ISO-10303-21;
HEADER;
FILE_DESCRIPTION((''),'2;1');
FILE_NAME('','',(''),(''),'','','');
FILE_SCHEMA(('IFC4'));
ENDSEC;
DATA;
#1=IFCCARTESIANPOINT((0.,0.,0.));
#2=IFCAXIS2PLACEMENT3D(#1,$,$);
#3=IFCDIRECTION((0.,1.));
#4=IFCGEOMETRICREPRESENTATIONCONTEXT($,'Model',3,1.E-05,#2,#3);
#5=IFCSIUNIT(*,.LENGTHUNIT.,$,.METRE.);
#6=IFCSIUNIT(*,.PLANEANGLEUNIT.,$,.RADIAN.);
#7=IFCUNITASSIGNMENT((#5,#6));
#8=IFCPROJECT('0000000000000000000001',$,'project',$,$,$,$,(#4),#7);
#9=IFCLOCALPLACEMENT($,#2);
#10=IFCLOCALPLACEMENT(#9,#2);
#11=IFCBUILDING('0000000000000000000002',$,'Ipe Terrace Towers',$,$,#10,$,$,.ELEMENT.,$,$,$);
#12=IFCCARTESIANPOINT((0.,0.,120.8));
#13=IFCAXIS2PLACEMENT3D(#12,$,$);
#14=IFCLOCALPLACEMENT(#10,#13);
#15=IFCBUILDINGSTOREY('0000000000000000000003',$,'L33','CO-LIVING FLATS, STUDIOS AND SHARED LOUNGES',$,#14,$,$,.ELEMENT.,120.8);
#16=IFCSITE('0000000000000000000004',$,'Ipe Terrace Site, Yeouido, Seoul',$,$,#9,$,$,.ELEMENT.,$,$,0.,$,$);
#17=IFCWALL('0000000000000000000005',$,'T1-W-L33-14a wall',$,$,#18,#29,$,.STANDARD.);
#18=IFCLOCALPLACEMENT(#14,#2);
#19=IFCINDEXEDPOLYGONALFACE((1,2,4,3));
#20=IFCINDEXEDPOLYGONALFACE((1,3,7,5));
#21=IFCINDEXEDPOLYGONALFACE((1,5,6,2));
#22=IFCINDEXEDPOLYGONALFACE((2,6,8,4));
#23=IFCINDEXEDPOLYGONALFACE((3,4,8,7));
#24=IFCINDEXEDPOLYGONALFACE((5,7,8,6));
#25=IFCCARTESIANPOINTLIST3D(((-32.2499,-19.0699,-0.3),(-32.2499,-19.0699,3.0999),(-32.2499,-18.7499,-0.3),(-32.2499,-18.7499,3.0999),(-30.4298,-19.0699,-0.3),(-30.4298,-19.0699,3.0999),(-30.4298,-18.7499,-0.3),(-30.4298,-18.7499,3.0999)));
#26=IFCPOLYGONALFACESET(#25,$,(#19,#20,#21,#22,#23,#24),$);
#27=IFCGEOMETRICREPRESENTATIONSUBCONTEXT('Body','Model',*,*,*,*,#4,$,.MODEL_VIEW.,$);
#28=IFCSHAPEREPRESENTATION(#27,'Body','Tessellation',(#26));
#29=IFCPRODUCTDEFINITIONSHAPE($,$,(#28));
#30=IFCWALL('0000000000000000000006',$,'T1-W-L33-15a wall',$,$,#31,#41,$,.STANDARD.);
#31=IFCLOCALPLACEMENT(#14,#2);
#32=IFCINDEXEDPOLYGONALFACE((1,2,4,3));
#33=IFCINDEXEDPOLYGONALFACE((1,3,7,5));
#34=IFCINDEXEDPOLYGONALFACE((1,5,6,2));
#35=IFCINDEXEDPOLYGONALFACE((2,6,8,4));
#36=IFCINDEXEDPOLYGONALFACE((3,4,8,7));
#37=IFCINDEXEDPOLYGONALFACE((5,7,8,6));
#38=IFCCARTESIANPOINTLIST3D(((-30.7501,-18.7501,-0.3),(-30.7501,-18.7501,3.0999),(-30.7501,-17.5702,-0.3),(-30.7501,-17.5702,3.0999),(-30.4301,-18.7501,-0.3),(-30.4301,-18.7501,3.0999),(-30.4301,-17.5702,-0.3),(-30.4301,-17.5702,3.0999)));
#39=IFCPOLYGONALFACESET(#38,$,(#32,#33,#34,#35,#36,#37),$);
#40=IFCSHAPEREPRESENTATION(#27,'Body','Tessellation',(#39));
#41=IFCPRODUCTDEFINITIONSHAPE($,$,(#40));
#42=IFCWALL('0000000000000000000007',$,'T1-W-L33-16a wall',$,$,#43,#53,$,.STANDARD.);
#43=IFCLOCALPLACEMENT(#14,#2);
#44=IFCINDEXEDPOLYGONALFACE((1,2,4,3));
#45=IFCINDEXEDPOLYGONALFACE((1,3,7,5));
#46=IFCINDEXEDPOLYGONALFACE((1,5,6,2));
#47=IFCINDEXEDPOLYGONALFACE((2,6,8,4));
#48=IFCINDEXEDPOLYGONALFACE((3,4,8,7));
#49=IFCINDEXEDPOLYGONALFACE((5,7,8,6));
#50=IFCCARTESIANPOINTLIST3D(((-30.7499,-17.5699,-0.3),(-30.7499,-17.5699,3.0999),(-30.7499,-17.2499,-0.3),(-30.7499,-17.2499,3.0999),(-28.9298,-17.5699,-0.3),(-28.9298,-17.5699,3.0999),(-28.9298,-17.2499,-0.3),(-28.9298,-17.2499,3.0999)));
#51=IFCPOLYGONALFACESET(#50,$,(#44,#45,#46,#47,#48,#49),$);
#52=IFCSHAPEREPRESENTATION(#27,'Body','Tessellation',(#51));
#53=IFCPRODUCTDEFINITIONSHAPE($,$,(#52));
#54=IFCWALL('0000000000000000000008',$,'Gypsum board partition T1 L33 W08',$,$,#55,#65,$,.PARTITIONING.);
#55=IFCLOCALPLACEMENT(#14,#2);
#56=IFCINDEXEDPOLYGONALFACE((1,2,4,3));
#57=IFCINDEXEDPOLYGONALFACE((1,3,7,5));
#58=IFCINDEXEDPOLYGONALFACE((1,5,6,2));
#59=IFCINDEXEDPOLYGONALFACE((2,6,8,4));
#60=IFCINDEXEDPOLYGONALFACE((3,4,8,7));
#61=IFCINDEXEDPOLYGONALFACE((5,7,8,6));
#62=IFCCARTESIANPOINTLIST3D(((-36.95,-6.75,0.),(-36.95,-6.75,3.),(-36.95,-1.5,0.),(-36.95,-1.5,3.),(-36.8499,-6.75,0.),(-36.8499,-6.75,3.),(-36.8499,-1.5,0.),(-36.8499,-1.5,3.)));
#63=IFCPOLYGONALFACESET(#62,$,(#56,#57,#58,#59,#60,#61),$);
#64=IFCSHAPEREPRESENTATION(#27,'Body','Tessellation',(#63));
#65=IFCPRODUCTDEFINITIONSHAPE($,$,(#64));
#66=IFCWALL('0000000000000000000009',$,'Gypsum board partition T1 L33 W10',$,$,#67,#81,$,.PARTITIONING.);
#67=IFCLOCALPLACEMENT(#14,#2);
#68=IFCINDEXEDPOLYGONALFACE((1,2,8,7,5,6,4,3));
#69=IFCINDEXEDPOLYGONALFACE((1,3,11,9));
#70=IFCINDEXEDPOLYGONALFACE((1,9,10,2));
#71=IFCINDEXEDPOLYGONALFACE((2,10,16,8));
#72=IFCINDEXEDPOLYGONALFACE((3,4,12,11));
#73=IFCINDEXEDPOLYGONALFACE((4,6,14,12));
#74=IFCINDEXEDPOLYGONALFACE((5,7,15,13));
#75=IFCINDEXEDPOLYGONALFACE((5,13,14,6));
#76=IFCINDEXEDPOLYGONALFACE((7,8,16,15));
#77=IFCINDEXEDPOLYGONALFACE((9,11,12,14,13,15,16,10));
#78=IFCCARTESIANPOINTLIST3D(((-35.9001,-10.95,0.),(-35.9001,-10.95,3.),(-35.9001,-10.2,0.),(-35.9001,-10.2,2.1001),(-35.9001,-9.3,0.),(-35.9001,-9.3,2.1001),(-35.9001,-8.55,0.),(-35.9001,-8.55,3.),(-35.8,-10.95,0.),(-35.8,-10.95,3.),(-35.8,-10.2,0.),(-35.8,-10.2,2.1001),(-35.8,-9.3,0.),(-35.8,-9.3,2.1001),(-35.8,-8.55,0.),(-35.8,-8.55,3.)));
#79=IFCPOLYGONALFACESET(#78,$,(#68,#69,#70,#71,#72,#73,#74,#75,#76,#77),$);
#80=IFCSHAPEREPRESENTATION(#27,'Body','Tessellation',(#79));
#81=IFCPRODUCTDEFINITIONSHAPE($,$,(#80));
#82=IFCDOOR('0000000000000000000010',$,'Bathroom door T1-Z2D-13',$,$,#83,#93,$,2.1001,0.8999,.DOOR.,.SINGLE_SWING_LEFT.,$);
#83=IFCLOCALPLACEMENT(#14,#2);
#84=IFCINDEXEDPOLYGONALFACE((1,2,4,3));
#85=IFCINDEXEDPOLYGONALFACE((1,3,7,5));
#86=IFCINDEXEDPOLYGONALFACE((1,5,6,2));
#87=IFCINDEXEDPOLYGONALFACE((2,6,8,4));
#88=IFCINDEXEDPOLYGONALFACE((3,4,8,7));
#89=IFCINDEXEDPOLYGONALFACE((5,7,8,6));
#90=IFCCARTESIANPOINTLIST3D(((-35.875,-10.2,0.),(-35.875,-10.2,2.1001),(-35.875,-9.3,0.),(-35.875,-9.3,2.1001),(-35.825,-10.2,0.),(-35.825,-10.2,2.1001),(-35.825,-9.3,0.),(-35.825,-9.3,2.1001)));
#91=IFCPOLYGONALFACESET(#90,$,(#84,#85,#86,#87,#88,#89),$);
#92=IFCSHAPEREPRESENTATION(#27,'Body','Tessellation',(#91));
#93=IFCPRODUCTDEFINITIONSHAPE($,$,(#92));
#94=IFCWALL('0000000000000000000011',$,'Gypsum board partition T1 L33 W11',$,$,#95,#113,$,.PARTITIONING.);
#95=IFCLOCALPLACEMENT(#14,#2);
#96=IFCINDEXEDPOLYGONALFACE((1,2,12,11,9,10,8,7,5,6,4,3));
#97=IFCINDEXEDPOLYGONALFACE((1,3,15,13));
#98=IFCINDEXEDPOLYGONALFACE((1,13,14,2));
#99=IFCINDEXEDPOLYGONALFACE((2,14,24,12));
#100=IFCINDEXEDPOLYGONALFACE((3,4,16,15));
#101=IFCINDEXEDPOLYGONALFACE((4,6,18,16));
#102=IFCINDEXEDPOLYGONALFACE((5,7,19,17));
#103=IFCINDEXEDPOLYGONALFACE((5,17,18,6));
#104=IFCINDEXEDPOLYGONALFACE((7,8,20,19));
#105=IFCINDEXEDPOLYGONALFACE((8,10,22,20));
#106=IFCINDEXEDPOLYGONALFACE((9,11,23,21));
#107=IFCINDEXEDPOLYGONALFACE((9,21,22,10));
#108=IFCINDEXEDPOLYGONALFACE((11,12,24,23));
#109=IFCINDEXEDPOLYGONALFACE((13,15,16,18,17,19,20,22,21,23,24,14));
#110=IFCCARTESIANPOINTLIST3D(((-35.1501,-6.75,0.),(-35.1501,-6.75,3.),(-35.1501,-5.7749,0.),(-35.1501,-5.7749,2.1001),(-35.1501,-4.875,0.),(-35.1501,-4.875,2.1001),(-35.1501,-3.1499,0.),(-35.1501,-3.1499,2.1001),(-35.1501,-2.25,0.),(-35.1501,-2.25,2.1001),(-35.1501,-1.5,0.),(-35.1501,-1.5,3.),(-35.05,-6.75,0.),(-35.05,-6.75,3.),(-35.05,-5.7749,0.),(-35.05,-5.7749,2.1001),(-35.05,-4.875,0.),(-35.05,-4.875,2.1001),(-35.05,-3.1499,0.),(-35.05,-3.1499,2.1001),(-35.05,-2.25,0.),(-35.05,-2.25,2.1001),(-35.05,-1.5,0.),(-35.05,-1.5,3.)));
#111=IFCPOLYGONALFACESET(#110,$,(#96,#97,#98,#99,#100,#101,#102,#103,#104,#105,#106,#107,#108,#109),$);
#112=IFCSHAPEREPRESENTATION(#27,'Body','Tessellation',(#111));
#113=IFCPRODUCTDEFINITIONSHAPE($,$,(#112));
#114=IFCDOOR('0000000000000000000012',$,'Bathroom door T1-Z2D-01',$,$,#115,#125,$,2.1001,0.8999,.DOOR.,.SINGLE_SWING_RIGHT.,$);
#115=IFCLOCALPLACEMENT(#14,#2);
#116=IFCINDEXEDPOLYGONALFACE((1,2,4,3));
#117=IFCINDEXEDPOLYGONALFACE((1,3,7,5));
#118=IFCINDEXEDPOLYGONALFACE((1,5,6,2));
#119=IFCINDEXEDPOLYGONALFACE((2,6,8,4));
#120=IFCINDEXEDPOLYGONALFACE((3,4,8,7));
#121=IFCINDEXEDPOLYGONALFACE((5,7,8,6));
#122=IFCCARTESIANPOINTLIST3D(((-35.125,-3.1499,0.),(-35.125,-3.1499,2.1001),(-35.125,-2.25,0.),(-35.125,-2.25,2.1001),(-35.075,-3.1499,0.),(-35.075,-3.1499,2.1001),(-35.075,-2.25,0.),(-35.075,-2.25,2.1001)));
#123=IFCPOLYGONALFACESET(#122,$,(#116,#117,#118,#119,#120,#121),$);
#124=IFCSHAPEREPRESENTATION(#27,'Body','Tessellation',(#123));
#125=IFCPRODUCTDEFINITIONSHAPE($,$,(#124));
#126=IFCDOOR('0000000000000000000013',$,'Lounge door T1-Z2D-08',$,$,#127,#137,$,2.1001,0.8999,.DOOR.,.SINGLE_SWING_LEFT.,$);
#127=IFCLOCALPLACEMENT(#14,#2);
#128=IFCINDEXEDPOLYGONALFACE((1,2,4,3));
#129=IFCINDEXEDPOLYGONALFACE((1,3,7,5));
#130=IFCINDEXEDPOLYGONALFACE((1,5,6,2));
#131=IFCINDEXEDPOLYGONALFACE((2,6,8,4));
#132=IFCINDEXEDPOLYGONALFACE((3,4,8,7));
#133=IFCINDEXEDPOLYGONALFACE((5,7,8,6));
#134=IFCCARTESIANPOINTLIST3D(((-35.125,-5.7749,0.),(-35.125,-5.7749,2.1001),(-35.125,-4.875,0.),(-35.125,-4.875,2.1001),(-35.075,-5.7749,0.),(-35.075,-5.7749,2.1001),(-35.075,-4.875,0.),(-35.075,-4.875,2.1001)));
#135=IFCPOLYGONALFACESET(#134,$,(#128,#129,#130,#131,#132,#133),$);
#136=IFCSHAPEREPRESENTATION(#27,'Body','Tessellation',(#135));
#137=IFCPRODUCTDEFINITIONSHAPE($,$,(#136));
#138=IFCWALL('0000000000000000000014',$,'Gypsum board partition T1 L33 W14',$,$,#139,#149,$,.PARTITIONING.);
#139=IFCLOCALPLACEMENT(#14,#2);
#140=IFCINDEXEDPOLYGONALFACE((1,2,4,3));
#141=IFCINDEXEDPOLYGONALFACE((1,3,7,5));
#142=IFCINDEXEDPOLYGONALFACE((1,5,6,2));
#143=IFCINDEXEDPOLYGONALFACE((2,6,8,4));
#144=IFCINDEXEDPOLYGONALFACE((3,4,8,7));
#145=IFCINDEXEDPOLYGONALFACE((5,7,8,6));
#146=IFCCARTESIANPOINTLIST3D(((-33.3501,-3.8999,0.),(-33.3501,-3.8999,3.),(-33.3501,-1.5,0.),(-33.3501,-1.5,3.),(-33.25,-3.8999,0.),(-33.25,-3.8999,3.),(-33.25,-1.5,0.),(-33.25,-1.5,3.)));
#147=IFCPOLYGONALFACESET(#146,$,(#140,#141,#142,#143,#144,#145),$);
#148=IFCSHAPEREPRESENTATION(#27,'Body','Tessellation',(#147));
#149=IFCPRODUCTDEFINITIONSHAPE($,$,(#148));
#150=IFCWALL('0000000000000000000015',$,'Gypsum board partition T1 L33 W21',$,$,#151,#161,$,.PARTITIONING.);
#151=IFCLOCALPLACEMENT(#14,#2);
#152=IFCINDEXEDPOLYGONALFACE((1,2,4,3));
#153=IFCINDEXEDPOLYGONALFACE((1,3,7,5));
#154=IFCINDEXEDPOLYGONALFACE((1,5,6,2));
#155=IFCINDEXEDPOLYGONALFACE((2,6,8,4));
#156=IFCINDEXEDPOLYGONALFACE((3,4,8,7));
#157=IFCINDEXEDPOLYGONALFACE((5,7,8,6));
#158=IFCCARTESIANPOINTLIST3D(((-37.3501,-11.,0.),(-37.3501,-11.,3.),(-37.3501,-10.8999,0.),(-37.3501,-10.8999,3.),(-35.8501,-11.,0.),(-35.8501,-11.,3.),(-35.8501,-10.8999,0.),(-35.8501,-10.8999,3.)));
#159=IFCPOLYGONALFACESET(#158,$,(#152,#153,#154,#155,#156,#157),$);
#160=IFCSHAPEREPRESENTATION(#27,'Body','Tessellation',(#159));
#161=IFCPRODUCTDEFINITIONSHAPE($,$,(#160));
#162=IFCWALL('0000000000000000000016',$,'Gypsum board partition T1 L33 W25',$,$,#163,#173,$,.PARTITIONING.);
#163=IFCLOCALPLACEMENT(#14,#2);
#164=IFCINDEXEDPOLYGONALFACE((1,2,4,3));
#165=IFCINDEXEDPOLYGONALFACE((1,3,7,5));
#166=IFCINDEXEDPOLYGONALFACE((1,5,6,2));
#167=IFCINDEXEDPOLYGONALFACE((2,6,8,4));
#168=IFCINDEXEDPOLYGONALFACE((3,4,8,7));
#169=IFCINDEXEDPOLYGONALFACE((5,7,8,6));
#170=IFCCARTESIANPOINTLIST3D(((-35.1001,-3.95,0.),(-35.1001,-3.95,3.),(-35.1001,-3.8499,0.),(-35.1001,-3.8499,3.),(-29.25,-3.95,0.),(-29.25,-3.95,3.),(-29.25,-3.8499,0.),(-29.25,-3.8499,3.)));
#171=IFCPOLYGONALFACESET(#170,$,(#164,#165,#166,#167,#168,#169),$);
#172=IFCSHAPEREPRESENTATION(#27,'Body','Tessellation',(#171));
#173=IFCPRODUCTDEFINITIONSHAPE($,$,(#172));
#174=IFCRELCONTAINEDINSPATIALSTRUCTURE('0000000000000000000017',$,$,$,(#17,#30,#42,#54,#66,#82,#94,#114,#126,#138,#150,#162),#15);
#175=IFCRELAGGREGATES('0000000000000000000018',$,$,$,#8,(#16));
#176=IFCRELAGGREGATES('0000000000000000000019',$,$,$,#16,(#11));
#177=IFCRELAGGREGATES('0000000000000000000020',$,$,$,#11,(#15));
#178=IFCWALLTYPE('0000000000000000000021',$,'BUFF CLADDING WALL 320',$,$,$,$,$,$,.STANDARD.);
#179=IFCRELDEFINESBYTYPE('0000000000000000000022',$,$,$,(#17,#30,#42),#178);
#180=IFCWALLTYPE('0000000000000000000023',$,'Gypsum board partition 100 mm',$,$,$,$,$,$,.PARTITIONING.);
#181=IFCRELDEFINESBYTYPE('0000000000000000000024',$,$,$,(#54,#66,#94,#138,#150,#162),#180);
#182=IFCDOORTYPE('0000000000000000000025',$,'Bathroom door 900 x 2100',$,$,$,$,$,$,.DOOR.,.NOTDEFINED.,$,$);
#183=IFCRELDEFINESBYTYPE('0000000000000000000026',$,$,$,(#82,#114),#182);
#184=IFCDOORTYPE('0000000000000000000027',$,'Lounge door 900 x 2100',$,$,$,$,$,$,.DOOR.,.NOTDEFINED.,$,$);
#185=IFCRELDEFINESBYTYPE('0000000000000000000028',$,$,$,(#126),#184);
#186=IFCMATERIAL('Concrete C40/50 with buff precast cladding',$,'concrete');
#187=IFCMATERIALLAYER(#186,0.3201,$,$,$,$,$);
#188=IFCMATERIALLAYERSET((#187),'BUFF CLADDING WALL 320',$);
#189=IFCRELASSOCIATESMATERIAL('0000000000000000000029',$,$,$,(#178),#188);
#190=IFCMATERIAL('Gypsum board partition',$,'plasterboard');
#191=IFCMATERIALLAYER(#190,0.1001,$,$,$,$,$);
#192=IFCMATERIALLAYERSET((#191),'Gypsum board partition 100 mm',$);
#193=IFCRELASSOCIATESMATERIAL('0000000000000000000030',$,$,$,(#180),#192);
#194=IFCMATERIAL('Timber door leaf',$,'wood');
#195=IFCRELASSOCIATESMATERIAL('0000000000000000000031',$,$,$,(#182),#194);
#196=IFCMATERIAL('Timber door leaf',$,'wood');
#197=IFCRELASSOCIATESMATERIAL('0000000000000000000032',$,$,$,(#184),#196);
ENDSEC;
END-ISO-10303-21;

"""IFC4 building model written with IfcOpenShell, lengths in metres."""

from ifc_helpers import new_model, si_unit, direction, frame, frame_2d, origin, place, context, subcontext, project, spatial, rectangle, extrude, material, layer, layer_set, type_object, element, fill, save


model = new_model("IFC4")

# Units and contexts
model_context = context("Model", 3, precision=1e-05, world=origin(), true_north=direction((0.0, 1.0)))
body_context = subcontext(model_context, "Body", "Model", "MODEL_VIEW")
ifc_project = project(units=[si_unit("LENGTHUNIT", "METRE"), si_unit("PLANEANGLEUNIT", "RADIAN")], contexts=[model_context])

# Site, building, storey
site_placement = place(None, origin())
site = spatial("IfcSite", under=ifc_project, at=site_placement, Name="Ipe Terrace Site, Yeouido, Seoul", CompositionType="ELEMENT", RefElevation=0.0)
building_placement = place(site_placement, origin())
building = spatial("IfcBuilding", under=site, at=building_placement, Name="Ipe Terrace Towers", CompositionType="ELEMENT")
storey_placement = place(building_placement, frame((0.0, 0.0, 120.8)))
storey = spatial("IfcBuildingStorey", under=building, at=storey_placement, Name="L33", Description="CO-LIVING FLATS, STUDIOS AND SHARED LOUNGES", CompositionType="ELEMENT", Elevation=120.8)

# Walls
ifc_material_1 = material(Name="Concrete C40/50 with buff precast cladding", Category="concrete")
ifc_layer_1 = layer(ifc_material_1, 0.3201)
ifc_layer_set_1 = layer_set([ifc_layer_1], Name="BUFF CLADDING WALL 320")
wall_type_1 = type_object("IfcWallType", Name="BUFF CLADDING WALL 320", PredefinedType="STANDARD", material=ifc_layer_set_1)
wall_1_placement = place(storey_placement, frame((-32.25, -18.9099, -0.3), z_axis=(0.0, 0.0, 1.0), x_axis=(1.0, 0.0, 0.0)))
element("IfcWall", 1, at=wall_1_placement, inside=storey, type_object=wall_type_1, Name="T1-W-L33-14a wall", PredefinedType="STANDARD", context=body_context, shape_type="SweptSolid", body=[
    extrude(rectangle(XDim=1.8201, YDim=0.3201, at=frame_2d((0.9102, 0.0))), origin(), (0.0, 0.0, 1.0), 3.3999),
])
wall_2_placement = place(storey_placement, frame((-30.5901, -18.75, -0.3), z_axis=(0.0, 0.0, 1.0), x_axis=(0.0, 1.0, 0.0)))
element("IfcWall", 2, at=wall_2_placement, inside=storey, type_object=wall_type_1, Name="T1-W-L33-15a wall", PredefinedType="STANDARD", context=body_context, shape_type="SweptSolid", body=[
    extrude(rectangle(XDim=1.1799, YDim=0.3201, at=frame_2d((0.5898, 0.0))), origin(), (0.0, 0.0, 1.0), 3.3999),
])
wall_3_placement = place(storey_placement, frame((-30.75, -17.4099, -0.3), z_axis=(0.0, 0.0, 1.0), x_axis=(1.0, 0.0, 0.0)))
element("IfcWall", 3, at=wall_3_placement, inside=storey, type_object=wall_type_1, Name="T1-W-L33-16a wall", PredefinedType="STANDARD", context=body_context, shape_type="SweptSolid", body=[
    extrude(rectangle(XDim=1.8201, YDim=0.3201, at=frame_2d((0.9102, 0.0))), origin(), (0.0, 0.0, 1.0), 3.3999),
])
ifc_material_2 = material(Name="Gypsum board partition", Category="plasterboard")
ifc_layer_2 = layer(ifc_material_2, 0.1001)
ifc_layer_set_2 = layer_set([ifc_layer_2], Name="Gypsum board partition 100 mm")
wall_type_2 = type_object("IfcWallType", Name="Gypsum board partition 100 mm", PredefinedType="PARTITIONING", material=ifc_layer_set_2)
wall_4_placement = place(storey_placement, frame((-36.8999, -6.75, 0.0), z_axis=(0.0, 0.0, 1.0), x_axis=(0.0, 1.0, 0.0)))
element("IfcWall", 4, at=wall_4_placement, inside=storey, type_object=wall_type_2, Name="Gypsum board partition T1 L33 W08", PredefinedType="PARTITIONING", context=body_context, shape_type="SweptSolid", body=[
    extrude(rectangle(XDim=5.25, YDim=0.1001, at=frame_2d((2.625, 0.0))), origin(), (0.0, 0.0, 1.0), 3.0),
])

# Wall, opening, door
wall_5_placement = place(storey_placement, frame((-35.8501, -10.95, 0.0), z_axis=(0.0, 0.0, 1.0), x_axis=(0.0, 1.0, 0.0)))
wall_5 = element("IfcWall", 5, at=wall_5_placement, inside=storey, type_object=wall_type_2, Name="Gypsum board partition T1 L33 W10", PredefinedType="PARTITIONING", context=body_context, shape_type="SweptSolid", body=[
    extrude(rectangle(XDim=2.3999, YDim=0.1001, at=frame_2d((1.2, 0.0))), origin(), (0.0, 0.0, 1.0), 3.0),
])
opening_1_placement = place(wall_5_placement, frame((0.75, 0.0, 0.0)))
opening_1 = element("IfcOpeningElement", 6, at=opening_1_placement, cuts=wall_5, PredefinedType="OPENING", context=body_context, shape_type="SweptSolid", body=[
    extrude(rectangle(XDim=0.8999, YDim=2.1001, at=frame_2d((0.45, 1.05))), frame((0.0, 0.0601, 0.0), z_axis=(0.0, -1.0, 0.0), x_axis=(1.0, 0.0, 0.0)), (0.0, 0.0, 1.0), 0.1201),
])
ifc_material_3 = material(Name="Timber door leaf", Category="wood")
door_type_1 = type_object("IfcDoorType", Name="Bathroom door 900 x 2100", OperationType="NOTDEFINED", PredefinedType="DOOR", material=ifc_material_3)
door_1_placement = place(opening_1_placement, origin())
door_1 = element("IfcDoor", 7, at=door_1_placement, inside=storey, type_object=door_type_1, Name="Bathroom door T1-Z2D-13", OperationType="SINGLE_SWING_LEFT", OverallHeight=2.1001, OverallWidth=0.8999, PredefinedType="DOOR", context=body_context, shape_type="SweptSolid", body=[
    extrude(rectangle(XDim=0.8999, YDim=2.1001, at=frame_2d((0.45, 1.05))), frame((0.0, 0.0249, 0.0), z_axis=(0.0, -1.0, 0.0), x_axis=(1.0, 0.0, 0.0)), (0.0, 0.0, 1.0), 0.05),
])
fill(opening_1, door_1)

# Wall, openings, doors
wall_6_placement = place(storey_placement, frame((-35.1001, -6.75, 0.0), z_axis=(0.0, 0.0, 1.0), x_axis=(0.0, 1.0, 0.0)))
wall_6 = element("IfcWall", 8, at=wall_6_placement, inside=storey, type_object=wall_type_2, Name="Gypsum board partition T1 L33 W11", PredefinedType="PARTITIONING", context=body_context, shape_type="SweptSolid", body=[
    extrude(rectangle(XDim=5.25, YDim=0.1001, at=frame_2d((2.625, 0.0))), origin(), (0.0, 0.0, 1.0), 3.0),
])
opening_2_placement = place(wall_6_placement, frame((3.6001, 0.0, 0.0)))
opening_2 = element("IfcOpeningElement", 9, at=opening_2_placement, cuts=wall_6, PredefinedType="OPENING", context=body_context, shape_type="SweptSolid", body=[
    extrude(rectangle(XDim=0.8999, YDim=2.1001, at=frame_2d((0.45, 1.05))), frame((0.0, 0.0601, 0.0), z_axis=(0.0, -1.0, 0.0), x_axis=(1.0, 0.0, 0.0)), (0.0, 0.0, 1.0), 0.1201),
])
opening_3_placement = place(wall_6_placement, frame((0.9751, 0.0, 0.0)))
opening_3 = element("IfcOpeningElement", 10, at=opening_3_placement, cuts=wall_6, PredefinedType="OPENING", context=body_context, shape_type="SweptSolid", body=[
    extrude(rectangle(XDim=0.8999, YDim=2.1001, at=frame_2d((0.45, 1.05))), frame((0.0, 0.0601, 0.0), z_axis=(0.0, -1.0, 0.0), x_axis=(1.0, 0.0, 0.0)), (0.0, 0.0, 1.0), 0.1201),
])
door_2_placement = place(opening_2_placement, origin())
door_2 = element("IfcDoor", 11, at=door_2_placement, inside=storey, type_object=door_type_1, Name="Bathroom door T1-Z2D-01", OperationType="SINGLE_SWING_RIGHT", OverallHeight=2.1001, OverallWidth=0.8999, PredefinedType="DOOR", context=body_context, shape_type="SweptSolid", body=[
    extrude(rectangle(XDim=0.8999, YDim=2.1001, at=frame_2d((0.45, 1.05))), frame((0.0, 0.0249, 0.0), z_axis=(0.0, -1.0, 0.0), x_axis=(1.0, 0.0, 0.0)), (0.0, 0.0, 1.0), 0.05),
])
fill(opening_2, door_2)
ifc_material_4 = material(Name="Timber door leaf", Category="wood")
door_type_2 = type_object("IfcDoorType", Name="Lounge door 900 x 2100", OperationType="NOTDEFINED", PredefinedType="DOOR", material=ifc_material_4)
door_3_placement = place(opening_3_placement, origin())
door_3 = element("IfcDoor", 12, at=door_3_placement, inside=storey, type_object=door_type_2, Name="Lounge door T1-Z2D-08", OperationType="SINGLE_SWING_LEFT", OverallHeight=2.1001, OverallWidth=0.8999, PredefinedType="DOOR", context=body_context, shape_type="SweptSolid", body=[
    extrude(rectangle(XDim=0.8999, YDim=2.1001, at=frame_2d((0.45, 1.05))), frame((0.0, 0.0249, 0.0), z_axis=(0.0, -1.0, 0.0), x_axis=(1.0, 0.0, 0.0)), (0.0, 0.0, 1.0), 0.05),
])
fill(opening_3, door_3)

# Walls
wall_7_placement = place(storey_placement, frame((-33.3, -3.8999, 0.0), z_axis=(0.0, 0.0, 1.0), x_axis=(0.0, 1.0, 0.0)))
element("IfcWall", 13, at=wall_7_placement, inside=storey, type_object=wall_type_2, Name="Gypsum board partition T1 L33 W14", PredefinedType="PARTITIONING", context=body_context, shape_type="SweptSolid", body=[
    extrude(rectangle(XDim=2.3999, YDim=0.1001, at=frame_2d((1.2, 0.0))), origin(), (0.0, 0.0, 1.0), 3.0),
])
wall_8_placement = place(storey_placement, frame((-37.3501, -10.95, 0.0), z_axis=(0.0, 0.0, 1.0), x_axis=(1.0, 0.0, 0.0)))
element("IfcWall", 14, at=wall_8_placement, inside=storey, type_object=wall_type_2, Name="Gypsum board partition T1 L33 W21", PredefinedType="PARTITIONING", context=body_context, shape_type="SweptSolid", body=[
    extrude(rectangle(XDim=1.5, YDim=0.1001, at=frame_2d((0.75, 0.0))), origin(), (0.0, 0.0, 1.0), 3.0),
])
wall_9_placement = place(storey_placement, frame((-35.1001, -3.8999, 0.0), z_axis=(0.0, 0.0, 1.0), x_axis=(1.0, 0.0, 0.0)))
element("IfcWall", 15, at=wall_9_placement, inside=storey, type_object=wall_type_2, Name="Gypsum board partition T1 L33 W25", PredefinedType="PARTITIONING", context=body_context, shape_type="SweptSolid", body=[
    extrude(rectangle(XDim=5.8501, YDim=0.1001, at=frame_2d((2.925, 0.0))), origin(), (0.0, 0.0, 1.0), 3.0),
])

save(model, "model.ifc")
